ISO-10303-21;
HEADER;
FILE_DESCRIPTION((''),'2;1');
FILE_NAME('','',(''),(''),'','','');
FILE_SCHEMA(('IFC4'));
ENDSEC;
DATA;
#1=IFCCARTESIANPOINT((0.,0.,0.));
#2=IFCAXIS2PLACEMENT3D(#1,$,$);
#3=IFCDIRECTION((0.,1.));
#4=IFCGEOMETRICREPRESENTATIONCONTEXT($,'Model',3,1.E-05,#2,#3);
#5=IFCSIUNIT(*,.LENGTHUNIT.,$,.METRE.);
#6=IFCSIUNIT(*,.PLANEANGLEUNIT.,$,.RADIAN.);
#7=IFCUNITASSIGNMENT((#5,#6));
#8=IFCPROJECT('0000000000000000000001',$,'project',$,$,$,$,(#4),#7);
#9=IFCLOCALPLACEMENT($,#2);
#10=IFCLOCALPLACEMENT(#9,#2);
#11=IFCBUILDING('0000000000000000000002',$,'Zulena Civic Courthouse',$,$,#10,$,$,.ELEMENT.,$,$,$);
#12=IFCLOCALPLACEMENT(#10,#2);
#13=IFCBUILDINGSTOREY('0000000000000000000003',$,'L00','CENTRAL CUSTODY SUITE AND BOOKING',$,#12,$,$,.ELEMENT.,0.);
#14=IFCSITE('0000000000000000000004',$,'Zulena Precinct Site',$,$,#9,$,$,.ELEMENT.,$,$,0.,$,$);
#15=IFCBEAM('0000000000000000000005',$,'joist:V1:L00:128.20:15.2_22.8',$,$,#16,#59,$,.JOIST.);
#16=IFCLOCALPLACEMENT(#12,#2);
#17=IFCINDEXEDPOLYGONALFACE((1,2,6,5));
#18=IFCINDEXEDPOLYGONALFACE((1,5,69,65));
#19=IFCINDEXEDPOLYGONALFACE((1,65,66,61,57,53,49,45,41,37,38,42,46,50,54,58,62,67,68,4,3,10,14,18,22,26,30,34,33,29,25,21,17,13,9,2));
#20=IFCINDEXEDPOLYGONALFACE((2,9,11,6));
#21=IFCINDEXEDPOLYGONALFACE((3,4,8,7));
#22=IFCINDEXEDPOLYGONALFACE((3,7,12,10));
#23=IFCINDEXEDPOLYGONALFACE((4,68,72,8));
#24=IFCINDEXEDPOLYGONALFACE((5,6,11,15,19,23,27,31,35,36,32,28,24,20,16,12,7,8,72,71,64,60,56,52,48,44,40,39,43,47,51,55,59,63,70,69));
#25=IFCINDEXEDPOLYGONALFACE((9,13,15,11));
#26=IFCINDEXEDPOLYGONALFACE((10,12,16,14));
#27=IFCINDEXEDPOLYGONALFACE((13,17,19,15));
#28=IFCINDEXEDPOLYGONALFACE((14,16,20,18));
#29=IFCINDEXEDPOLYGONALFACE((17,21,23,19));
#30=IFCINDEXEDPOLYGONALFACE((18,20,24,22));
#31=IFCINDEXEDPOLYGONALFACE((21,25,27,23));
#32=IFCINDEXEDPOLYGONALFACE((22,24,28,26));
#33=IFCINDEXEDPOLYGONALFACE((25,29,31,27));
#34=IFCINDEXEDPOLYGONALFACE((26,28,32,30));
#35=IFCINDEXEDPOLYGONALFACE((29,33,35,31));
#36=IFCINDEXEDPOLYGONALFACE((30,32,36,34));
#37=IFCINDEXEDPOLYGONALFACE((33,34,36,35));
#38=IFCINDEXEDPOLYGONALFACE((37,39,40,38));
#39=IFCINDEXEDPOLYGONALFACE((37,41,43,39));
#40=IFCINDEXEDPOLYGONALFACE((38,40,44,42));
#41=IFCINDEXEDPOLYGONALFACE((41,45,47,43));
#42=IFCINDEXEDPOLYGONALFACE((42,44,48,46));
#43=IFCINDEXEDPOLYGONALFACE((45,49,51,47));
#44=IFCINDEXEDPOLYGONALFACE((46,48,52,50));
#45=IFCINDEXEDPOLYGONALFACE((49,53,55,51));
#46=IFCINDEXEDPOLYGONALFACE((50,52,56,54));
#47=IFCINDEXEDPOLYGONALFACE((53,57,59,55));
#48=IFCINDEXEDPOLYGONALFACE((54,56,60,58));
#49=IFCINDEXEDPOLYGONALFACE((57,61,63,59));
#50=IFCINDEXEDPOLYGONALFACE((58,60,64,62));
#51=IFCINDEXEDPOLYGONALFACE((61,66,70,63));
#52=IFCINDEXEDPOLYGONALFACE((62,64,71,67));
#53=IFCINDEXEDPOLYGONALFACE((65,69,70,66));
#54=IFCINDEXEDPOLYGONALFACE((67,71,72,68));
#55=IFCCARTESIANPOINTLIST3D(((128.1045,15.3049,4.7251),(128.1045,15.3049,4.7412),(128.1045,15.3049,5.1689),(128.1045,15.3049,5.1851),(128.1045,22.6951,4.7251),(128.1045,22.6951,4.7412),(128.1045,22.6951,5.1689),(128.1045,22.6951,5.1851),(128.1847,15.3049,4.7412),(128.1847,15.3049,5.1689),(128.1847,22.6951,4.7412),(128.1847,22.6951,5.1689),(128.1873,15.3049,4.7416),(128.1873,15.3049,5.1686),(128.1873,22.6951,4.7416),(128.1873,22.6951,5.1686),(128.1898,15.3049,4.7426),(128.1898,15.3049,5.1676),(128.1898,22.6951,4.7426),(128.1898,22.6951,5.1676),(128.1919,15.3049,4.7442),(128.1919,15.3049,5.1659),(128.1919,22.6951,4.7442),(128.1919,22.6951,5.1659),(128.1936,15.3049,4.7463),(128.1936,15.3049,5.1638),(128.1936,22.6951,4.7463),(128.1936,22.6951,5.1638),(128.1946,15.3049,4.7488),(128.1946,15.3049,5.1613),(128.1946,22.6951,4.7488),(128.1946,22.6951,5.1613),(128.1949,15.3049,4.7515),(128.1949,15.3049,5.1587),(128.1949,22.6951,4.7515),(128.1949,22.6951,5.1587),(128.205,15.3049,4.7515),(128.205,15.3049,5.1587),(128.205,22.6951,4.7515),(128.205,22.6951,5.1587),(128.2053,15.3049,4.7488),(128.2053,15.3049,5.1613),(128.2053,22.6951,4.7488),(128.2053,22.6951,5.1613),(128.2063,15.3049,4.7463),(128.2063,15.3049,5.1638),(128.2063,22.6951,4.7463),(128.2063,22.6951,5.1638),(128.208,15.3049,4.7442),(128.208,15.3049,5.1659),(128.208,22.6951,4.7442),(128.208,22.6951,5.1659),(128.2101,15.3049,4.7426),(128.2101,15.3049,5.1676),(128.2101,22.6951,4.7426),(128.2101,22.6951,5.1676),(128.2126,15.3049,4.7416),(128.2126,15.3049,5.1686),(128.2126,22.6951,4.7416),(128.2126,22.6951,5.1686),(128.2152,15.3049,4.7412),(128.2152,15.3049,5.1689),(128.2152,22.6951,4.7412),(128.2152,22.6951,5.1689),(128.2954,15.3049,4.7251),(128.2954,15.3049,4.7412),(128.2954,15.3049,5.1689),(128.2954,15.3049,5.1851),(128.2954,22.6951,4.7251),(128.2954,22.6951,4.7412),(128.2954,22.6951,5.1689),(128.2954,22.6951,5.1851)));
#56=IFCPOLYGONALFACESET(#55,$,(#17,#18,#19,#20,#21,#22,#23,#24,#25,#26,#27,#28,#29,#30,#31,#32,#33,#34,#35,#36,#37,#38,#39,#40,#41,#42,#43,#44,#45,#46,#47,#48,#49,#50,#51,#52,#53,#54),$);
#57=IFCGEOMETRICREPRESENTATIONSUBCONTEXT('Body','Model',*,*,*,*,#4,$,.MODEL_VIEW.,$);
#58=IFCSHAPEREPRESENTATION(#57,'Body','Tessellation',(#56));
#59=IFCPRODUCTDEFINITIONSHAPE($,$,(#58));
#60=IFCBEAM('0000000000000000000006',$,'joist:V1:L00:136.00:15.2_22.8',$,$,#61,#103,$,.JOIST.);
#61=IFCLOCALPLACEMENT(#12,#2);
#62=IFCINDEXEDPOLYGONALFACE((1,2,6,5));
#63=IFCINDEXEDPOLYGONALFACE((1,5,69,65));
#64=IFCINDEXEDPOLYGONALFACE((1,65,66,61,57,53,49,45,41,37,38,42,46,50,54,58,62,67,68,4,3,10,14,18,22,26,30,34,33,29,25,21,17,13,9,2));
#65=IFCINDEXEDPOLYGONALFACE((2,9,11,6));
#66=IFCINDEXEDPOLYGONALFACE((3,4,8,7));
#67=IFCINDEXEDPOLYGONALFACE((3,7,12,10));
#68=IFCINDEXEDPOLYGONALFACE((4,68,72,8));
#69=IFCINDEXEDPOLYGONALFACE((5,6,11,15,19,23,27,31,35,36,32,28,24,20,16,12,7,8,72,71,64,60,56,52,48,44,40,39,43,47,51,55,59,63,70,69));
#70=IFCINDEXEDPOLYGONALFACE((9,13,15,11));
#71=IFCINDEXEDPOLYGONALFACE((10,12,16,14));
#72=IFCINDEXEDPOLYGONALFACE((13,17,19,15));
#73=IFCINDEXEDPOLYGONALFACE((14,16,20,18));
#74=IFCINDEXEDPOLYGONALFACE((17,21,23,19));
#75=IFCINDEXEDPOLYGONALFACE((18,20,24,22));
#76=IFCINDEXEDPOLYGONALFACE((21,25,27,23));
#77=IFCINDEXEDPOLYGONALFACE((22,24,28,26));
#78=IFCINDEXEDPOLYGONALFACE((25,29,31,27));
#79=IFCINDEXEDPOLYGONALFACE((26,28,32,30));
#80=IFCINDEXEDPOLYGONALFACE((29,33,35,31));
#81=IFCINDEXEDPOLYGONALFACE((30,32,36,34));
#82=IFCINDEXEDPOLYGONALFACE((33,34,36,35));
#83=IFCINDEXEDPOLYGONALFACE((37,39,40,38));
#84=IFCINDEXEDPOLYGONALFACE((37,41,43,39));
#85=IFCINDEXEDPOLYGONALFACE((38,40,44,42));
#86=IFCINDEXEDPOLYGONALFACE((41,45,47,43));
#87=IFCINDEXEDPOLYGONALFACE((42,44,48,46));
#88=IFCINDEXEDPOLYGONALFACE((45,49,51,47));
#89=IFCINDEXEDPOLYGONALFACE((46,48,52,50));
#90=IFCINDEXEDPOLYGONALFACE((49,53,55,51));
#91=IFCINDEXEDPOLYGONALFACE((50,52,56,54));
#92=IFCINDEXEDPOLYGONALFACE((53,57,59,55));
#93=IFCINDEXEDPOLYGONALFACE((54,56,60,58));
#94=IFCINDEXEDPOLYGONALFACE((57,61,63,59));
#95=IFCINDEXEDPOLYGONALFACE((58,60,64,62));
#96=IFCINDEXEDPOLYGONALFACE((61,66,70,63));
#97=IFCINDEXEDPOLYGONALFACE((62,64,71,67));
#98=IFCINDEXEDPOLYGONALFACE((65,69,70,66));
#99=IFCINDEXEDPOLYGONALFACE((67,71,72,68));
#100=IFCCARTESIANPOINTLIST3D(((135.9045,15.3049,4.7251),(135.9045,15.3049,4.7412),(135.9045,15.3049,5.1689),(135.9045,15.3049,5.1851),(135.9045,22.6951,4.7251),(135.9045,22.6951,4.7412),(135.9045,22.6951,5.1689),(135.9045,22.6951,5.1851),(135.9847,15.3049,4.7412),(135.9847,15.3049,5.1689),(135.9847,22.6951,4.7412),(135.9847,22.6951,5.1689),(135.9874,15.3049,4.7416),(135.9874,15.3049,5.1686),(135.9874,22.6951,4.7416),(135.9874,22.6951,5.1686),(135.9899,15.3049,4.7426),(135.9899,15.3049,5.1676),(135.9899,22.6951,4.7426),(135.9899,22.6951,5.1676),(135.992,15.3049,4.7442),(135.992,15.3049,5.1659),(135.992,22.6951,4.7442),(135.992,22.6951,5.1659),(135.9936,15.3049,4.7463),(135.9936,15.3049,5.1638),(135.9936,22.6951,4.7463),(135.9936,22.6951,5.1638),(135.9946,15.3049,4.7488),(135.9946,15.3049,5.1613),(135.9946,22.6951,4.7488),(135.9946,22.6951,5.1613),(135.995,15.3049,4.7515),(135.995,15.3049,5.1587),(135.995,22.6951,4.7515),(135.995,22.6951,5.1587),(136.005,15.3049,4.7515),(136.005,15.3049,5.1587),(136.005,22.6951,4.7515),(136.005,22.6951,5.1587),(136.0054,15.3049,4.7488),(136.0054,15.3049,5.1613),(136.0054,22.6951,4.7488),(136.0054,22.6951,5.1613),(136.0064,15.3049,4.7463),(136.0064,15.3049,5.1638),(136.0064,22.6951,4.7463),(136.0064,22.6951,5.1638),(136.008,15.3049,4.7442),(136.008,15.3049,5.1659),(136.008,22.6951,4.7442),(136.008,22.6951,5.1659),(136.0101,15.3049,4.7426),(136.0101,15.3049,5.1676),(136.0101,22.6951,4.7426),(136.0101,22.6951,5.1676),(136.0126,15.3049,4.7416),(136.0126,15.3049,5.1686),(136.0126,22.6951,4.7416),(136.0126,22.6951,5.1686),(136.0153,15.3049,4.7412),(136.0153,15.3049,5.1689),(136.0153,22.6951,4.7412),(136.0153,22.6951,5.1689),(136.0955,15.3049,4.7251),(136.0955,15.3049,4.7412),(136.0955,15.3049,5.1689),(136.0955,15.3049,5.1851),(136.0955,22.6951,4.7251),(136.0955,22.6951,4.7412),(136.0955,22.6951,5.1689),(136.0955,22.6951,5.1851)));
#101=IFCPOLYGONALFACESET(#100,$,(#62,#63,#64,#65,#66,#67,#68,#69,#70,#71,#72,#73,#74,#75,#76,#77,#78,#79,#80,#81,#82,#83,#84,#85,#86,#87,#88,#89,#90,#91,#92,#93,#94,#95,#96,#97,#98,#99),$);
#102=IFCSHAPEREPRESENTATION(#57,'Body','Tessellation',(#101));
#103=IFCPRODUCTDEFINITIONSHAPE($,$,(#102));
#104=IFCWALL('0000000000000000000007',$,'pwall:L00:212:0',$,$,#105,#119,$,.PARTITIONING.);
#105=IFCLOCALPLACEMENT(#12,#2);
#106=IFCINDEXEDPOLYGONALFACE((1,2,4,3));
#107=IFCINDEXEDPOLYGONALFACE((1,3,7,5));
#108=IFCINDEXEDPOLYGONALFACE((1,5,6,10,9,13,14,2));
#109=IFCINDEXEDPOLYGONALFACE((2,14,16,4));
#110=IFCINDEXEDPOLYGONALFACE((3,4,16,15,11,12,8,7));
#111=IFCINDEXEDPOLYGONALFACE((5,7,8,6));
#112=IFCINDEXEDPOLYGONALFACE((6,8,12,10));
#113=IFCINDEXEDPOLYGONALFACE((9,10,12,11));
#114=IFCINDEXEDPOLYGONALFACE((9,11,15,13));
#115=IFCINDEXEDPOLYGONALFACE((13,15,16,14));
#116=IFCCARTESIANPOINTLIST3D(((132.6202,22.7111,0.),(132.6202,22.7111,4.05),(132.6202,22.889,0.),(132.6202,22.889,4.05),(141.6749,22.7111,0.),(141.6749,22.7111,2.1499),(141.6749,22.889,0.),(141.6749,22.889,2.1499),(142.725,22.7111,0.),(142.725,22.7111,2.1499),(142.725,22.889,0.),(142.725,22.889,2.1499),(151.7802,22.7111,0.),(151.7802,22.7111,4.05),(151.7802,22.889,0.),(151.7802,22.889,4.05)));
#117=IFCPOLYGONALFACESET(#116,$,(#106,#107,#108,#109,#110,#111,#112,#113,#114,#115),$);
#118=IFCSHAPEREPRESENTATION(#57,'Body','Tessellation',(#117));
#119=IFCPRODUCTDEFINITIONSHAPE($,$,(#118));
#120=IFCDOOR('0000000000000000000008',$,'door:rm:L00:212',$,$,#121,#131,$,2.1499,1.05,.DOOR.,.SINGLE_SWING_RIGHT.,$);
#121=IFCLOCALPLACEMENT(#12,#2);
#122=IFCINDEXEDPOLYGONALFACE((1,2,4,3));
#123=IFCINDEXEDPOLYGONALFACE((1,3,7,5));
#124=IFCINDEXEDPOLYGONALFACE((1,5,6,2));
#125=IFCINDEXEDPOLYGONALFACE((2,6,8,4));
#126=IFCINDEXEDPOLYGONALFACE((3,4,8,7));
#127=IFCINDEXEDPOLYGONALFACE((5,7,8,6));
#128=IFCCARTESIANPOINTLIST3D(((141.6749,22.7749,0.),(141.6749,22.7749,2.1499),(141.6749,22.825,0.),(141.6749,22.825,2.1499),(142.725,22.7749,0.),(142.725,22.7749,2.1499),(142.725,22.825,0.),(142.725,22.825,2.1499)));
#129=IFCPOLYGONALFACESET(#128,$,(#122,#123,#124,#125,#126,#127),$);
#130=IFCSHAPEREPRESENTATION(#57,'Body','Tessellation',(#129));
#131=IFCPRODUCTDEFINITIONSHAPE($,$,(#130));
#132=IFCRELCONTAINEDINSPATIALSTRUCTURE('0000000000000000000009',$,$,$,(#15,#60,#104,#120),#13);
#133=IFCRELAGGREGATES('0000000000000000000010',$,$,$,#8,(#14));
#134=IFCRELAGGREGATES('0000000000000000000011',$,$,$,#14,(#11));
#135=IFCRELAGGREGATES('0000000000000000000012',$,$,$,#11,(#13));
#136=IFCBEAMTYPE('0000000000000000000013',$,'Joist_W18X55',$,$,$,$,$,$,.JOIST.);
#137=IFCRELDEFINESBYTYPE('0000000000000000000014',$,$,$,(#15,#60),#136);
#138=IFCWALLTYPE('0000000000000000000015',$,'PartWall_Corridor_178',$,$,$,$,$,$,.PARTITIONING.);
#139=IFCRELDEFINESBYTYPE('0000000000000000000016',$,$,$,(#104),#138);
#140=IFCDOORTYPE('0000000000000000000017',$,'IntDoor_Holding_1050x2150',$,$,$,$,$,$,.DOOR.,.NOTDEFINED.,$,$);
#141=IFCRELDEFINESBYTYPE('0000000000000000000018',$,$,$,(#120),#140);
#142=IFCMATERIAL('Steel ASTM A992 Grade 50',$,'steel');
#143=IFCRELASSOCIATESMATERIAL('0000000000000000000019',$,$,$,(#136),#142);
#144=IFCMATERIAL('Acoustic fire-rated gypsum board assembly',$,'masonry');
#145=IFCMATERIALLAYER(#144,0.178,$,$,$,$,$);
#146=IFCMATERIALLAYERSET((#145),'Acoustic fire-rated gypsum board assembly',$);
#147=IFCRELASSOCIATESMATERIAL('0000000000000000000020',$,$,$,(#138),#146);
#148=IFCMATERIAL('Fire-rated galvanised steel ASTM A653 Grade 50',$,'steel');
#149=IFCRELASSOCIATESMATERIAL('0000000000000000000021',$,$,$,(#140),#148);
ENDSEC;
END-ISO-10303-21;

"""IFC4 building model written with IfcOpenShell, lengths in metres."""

from ifc_helpers import new_model, si_unit, direction, frame, frame_2d, origin, origin_2d, place, context, subcontext, project, spatial, rectangle, i_section, extrude, material, layer, layer_set, material_profile, profile_set, type_object, element, fill, save


model = new_model("IFC4")

# Units and contexts
model_context = context("Model", 3, precision=1e-05, world=origin(), true_north=direction((0.0, 1.0)))
body_context = subcontext(model_context, "Body", "Model", "MODEL_VIEW")
ifc_project = project(units=[si_unit("LENGTHUNIT", "METRE"), si_unit("PLANEANGLEUNIT", "RADIAN")], contexts=[model_context])

# Site, building, storey
site_placement = place(None, origin())
site = spatial("IfcSite", under=ifc_project, at=site_placement, Name="Zulena Precinct Site", CompositionType="ELEMENT", RefElevation=0.0)
building_placement = place(site_placement, origin())
building = spatial("IfcBuilding", under=site, at=building_placement, Name="Zulena Civic Courthouse", CompositionType="ELEMENT")
storey_placement = place(building_placement, origin())
storey = spatial("IfcBuildingStorey", under=building, at=storey_placement, Name="L00", Description="CENTRAL CUSTODY SUITE AND BOOKING", CompositionType="ELEMENT", Elevation=0.0)

# Shared definitions
ifc_material_1 = material(Name="Steel ASTM A992 Grade 50", Category="steel")

# Beams
ifc_material_profile_1 = material_profile(ifc_material_1, i_section(OverallWidth=0.1909, OverallDepth=0.46, WebThickness=0.01, FlangeThickness=0.0161, FilletRadius=0.0103, at=origin_2d()), Name="W18X55")
ifc_profile_set_1 = profile_set([ifc_material_profile_1], Name="Steel ASTM A992 Grade 50")
beam_type_1 = type_object("IfcBeamType", Name="Joist_W18X55", PredefinedType="JOIST", material=ifc_profile_set_1)
for number, where, z_axis, x_axis, name in (
    (1, (128.2, 15.3049, 4.9551), (0.0, 1.0, 0.0), (-1.0, 0.0, 0.0), "joist:V1:L00:128.20:15.2_22.8"),
    (2, (136.0, 15.3049, 4.9551), (0.0, 1.0, 0.0), (-1.0, 0.0, 0.0), "joist:V1:L00:136.00:15.2_22.8"),
):
    element("IfcBeam", number, at=place(storey_placement, frame(where, z_axis=z_axis, x_axis=x_axis)), inside=storey, type_object=beam_type_1, Name=name, PredefinedType="JOIST", context=body_context, shape_type="SweptSolid", body=[
        extrude(i_section(OverallWidth=0.1909, OverallDepth=0.46, WebThickness=0.01, FlangeThickness=0.0161, FilletRadius=0.0103, at=origin_2d()), origin(), (0.0, 0.0, 1.0), 7.3901),
    ])

# Wall, opening, door
ifc_material_2 = material(Name="Acoustic fire-rated gypsum board assembly", Category="masonry")
ifc_layer = layer(ifc_material_2, 0.178)
ifc_layer_set = layer_set([ifc_layer], Name="Acoustic fire-rated gypsum board assembly")
wall_type = type_object("IfcWallType", Name="PartWall_Corridor_178", PredefinedType="PARTITIONING", material=ifc_layer_set)
wall_placement = place(storey_placement, frame((132.6201, 22.8, 0.0), z_axis=(0.0, 0.0, 1.0), x_axis=(1.0, 0.0, 0.0)))
wall = element("IfcWall", 3, at=wall_placement, inside=storey, type_object=wall_type, Name="pwall:L00:212:0", PredefinedType="PARTITIONING", context=body_context, shape_type="SweptSolid", body=[
    extrude(rectangle(XDim=19.1599, YDim=0.178, at=frame_2d((9.5801, 0.0))), origin(), (0.0, 0.0, 1.0), 4.05),
])
opening_placement = place(wall_placement, frame((9.0549, 0.0, 0.0)))
opening = element("IfcOpeningElement", 4, at=opening_placement, cuts=wall, PredefinedType="OPENING", context=body_context, shape_type="SweptSolid", body=[
    extrude(rectangle(XDim=1.05, YDim=2.1499, at=frame_2d((0.5249, 1.075))), frame((0.0, 0.0989, 0.0), z_axis=(0.0, -1.0, 0.0), x_axis=(1.0, 0.0, 0.0)), (0.0, 0.0, 1.0), 0.198),
])
ifc_material_3 = material(Name="Fire-rated galvanised steel ASTM A653 Grade 50", Category="steel")
door_type = type_object("IfcDoorType", Name="IntDoor_Holding_1050x2150", OperationType="NOTDEFINED", PredefinedType="DOOR", material=ifc_material_3)
door_placement = place(opening_placement, origin())
door = element("IfcDoor", 5, at=door_placement, inside=storey, type_object=door_type, Name="door:rm:L00:212", OperationType="SINGLE_SWING_RIGHT", OverallHeight=2.1499, OverallWidth=1.05, PredefinedType="DOOR", context=body_context, shape_type="SweptSolid", body=[
    extrude(rectangle(XDim=1.05, YDim=2.1499, at=frame_2d((0.5249, 1.075))), frame((0.0, 0.0249, 0.0), z_axis=(0.0, -1.0, 0.0), x_axis=(1.0, 0.0, 0.0)), (0.0, 0.0, 1.0), 0.05),
])
fill(opening, door)

save(model, "model.ifc")
